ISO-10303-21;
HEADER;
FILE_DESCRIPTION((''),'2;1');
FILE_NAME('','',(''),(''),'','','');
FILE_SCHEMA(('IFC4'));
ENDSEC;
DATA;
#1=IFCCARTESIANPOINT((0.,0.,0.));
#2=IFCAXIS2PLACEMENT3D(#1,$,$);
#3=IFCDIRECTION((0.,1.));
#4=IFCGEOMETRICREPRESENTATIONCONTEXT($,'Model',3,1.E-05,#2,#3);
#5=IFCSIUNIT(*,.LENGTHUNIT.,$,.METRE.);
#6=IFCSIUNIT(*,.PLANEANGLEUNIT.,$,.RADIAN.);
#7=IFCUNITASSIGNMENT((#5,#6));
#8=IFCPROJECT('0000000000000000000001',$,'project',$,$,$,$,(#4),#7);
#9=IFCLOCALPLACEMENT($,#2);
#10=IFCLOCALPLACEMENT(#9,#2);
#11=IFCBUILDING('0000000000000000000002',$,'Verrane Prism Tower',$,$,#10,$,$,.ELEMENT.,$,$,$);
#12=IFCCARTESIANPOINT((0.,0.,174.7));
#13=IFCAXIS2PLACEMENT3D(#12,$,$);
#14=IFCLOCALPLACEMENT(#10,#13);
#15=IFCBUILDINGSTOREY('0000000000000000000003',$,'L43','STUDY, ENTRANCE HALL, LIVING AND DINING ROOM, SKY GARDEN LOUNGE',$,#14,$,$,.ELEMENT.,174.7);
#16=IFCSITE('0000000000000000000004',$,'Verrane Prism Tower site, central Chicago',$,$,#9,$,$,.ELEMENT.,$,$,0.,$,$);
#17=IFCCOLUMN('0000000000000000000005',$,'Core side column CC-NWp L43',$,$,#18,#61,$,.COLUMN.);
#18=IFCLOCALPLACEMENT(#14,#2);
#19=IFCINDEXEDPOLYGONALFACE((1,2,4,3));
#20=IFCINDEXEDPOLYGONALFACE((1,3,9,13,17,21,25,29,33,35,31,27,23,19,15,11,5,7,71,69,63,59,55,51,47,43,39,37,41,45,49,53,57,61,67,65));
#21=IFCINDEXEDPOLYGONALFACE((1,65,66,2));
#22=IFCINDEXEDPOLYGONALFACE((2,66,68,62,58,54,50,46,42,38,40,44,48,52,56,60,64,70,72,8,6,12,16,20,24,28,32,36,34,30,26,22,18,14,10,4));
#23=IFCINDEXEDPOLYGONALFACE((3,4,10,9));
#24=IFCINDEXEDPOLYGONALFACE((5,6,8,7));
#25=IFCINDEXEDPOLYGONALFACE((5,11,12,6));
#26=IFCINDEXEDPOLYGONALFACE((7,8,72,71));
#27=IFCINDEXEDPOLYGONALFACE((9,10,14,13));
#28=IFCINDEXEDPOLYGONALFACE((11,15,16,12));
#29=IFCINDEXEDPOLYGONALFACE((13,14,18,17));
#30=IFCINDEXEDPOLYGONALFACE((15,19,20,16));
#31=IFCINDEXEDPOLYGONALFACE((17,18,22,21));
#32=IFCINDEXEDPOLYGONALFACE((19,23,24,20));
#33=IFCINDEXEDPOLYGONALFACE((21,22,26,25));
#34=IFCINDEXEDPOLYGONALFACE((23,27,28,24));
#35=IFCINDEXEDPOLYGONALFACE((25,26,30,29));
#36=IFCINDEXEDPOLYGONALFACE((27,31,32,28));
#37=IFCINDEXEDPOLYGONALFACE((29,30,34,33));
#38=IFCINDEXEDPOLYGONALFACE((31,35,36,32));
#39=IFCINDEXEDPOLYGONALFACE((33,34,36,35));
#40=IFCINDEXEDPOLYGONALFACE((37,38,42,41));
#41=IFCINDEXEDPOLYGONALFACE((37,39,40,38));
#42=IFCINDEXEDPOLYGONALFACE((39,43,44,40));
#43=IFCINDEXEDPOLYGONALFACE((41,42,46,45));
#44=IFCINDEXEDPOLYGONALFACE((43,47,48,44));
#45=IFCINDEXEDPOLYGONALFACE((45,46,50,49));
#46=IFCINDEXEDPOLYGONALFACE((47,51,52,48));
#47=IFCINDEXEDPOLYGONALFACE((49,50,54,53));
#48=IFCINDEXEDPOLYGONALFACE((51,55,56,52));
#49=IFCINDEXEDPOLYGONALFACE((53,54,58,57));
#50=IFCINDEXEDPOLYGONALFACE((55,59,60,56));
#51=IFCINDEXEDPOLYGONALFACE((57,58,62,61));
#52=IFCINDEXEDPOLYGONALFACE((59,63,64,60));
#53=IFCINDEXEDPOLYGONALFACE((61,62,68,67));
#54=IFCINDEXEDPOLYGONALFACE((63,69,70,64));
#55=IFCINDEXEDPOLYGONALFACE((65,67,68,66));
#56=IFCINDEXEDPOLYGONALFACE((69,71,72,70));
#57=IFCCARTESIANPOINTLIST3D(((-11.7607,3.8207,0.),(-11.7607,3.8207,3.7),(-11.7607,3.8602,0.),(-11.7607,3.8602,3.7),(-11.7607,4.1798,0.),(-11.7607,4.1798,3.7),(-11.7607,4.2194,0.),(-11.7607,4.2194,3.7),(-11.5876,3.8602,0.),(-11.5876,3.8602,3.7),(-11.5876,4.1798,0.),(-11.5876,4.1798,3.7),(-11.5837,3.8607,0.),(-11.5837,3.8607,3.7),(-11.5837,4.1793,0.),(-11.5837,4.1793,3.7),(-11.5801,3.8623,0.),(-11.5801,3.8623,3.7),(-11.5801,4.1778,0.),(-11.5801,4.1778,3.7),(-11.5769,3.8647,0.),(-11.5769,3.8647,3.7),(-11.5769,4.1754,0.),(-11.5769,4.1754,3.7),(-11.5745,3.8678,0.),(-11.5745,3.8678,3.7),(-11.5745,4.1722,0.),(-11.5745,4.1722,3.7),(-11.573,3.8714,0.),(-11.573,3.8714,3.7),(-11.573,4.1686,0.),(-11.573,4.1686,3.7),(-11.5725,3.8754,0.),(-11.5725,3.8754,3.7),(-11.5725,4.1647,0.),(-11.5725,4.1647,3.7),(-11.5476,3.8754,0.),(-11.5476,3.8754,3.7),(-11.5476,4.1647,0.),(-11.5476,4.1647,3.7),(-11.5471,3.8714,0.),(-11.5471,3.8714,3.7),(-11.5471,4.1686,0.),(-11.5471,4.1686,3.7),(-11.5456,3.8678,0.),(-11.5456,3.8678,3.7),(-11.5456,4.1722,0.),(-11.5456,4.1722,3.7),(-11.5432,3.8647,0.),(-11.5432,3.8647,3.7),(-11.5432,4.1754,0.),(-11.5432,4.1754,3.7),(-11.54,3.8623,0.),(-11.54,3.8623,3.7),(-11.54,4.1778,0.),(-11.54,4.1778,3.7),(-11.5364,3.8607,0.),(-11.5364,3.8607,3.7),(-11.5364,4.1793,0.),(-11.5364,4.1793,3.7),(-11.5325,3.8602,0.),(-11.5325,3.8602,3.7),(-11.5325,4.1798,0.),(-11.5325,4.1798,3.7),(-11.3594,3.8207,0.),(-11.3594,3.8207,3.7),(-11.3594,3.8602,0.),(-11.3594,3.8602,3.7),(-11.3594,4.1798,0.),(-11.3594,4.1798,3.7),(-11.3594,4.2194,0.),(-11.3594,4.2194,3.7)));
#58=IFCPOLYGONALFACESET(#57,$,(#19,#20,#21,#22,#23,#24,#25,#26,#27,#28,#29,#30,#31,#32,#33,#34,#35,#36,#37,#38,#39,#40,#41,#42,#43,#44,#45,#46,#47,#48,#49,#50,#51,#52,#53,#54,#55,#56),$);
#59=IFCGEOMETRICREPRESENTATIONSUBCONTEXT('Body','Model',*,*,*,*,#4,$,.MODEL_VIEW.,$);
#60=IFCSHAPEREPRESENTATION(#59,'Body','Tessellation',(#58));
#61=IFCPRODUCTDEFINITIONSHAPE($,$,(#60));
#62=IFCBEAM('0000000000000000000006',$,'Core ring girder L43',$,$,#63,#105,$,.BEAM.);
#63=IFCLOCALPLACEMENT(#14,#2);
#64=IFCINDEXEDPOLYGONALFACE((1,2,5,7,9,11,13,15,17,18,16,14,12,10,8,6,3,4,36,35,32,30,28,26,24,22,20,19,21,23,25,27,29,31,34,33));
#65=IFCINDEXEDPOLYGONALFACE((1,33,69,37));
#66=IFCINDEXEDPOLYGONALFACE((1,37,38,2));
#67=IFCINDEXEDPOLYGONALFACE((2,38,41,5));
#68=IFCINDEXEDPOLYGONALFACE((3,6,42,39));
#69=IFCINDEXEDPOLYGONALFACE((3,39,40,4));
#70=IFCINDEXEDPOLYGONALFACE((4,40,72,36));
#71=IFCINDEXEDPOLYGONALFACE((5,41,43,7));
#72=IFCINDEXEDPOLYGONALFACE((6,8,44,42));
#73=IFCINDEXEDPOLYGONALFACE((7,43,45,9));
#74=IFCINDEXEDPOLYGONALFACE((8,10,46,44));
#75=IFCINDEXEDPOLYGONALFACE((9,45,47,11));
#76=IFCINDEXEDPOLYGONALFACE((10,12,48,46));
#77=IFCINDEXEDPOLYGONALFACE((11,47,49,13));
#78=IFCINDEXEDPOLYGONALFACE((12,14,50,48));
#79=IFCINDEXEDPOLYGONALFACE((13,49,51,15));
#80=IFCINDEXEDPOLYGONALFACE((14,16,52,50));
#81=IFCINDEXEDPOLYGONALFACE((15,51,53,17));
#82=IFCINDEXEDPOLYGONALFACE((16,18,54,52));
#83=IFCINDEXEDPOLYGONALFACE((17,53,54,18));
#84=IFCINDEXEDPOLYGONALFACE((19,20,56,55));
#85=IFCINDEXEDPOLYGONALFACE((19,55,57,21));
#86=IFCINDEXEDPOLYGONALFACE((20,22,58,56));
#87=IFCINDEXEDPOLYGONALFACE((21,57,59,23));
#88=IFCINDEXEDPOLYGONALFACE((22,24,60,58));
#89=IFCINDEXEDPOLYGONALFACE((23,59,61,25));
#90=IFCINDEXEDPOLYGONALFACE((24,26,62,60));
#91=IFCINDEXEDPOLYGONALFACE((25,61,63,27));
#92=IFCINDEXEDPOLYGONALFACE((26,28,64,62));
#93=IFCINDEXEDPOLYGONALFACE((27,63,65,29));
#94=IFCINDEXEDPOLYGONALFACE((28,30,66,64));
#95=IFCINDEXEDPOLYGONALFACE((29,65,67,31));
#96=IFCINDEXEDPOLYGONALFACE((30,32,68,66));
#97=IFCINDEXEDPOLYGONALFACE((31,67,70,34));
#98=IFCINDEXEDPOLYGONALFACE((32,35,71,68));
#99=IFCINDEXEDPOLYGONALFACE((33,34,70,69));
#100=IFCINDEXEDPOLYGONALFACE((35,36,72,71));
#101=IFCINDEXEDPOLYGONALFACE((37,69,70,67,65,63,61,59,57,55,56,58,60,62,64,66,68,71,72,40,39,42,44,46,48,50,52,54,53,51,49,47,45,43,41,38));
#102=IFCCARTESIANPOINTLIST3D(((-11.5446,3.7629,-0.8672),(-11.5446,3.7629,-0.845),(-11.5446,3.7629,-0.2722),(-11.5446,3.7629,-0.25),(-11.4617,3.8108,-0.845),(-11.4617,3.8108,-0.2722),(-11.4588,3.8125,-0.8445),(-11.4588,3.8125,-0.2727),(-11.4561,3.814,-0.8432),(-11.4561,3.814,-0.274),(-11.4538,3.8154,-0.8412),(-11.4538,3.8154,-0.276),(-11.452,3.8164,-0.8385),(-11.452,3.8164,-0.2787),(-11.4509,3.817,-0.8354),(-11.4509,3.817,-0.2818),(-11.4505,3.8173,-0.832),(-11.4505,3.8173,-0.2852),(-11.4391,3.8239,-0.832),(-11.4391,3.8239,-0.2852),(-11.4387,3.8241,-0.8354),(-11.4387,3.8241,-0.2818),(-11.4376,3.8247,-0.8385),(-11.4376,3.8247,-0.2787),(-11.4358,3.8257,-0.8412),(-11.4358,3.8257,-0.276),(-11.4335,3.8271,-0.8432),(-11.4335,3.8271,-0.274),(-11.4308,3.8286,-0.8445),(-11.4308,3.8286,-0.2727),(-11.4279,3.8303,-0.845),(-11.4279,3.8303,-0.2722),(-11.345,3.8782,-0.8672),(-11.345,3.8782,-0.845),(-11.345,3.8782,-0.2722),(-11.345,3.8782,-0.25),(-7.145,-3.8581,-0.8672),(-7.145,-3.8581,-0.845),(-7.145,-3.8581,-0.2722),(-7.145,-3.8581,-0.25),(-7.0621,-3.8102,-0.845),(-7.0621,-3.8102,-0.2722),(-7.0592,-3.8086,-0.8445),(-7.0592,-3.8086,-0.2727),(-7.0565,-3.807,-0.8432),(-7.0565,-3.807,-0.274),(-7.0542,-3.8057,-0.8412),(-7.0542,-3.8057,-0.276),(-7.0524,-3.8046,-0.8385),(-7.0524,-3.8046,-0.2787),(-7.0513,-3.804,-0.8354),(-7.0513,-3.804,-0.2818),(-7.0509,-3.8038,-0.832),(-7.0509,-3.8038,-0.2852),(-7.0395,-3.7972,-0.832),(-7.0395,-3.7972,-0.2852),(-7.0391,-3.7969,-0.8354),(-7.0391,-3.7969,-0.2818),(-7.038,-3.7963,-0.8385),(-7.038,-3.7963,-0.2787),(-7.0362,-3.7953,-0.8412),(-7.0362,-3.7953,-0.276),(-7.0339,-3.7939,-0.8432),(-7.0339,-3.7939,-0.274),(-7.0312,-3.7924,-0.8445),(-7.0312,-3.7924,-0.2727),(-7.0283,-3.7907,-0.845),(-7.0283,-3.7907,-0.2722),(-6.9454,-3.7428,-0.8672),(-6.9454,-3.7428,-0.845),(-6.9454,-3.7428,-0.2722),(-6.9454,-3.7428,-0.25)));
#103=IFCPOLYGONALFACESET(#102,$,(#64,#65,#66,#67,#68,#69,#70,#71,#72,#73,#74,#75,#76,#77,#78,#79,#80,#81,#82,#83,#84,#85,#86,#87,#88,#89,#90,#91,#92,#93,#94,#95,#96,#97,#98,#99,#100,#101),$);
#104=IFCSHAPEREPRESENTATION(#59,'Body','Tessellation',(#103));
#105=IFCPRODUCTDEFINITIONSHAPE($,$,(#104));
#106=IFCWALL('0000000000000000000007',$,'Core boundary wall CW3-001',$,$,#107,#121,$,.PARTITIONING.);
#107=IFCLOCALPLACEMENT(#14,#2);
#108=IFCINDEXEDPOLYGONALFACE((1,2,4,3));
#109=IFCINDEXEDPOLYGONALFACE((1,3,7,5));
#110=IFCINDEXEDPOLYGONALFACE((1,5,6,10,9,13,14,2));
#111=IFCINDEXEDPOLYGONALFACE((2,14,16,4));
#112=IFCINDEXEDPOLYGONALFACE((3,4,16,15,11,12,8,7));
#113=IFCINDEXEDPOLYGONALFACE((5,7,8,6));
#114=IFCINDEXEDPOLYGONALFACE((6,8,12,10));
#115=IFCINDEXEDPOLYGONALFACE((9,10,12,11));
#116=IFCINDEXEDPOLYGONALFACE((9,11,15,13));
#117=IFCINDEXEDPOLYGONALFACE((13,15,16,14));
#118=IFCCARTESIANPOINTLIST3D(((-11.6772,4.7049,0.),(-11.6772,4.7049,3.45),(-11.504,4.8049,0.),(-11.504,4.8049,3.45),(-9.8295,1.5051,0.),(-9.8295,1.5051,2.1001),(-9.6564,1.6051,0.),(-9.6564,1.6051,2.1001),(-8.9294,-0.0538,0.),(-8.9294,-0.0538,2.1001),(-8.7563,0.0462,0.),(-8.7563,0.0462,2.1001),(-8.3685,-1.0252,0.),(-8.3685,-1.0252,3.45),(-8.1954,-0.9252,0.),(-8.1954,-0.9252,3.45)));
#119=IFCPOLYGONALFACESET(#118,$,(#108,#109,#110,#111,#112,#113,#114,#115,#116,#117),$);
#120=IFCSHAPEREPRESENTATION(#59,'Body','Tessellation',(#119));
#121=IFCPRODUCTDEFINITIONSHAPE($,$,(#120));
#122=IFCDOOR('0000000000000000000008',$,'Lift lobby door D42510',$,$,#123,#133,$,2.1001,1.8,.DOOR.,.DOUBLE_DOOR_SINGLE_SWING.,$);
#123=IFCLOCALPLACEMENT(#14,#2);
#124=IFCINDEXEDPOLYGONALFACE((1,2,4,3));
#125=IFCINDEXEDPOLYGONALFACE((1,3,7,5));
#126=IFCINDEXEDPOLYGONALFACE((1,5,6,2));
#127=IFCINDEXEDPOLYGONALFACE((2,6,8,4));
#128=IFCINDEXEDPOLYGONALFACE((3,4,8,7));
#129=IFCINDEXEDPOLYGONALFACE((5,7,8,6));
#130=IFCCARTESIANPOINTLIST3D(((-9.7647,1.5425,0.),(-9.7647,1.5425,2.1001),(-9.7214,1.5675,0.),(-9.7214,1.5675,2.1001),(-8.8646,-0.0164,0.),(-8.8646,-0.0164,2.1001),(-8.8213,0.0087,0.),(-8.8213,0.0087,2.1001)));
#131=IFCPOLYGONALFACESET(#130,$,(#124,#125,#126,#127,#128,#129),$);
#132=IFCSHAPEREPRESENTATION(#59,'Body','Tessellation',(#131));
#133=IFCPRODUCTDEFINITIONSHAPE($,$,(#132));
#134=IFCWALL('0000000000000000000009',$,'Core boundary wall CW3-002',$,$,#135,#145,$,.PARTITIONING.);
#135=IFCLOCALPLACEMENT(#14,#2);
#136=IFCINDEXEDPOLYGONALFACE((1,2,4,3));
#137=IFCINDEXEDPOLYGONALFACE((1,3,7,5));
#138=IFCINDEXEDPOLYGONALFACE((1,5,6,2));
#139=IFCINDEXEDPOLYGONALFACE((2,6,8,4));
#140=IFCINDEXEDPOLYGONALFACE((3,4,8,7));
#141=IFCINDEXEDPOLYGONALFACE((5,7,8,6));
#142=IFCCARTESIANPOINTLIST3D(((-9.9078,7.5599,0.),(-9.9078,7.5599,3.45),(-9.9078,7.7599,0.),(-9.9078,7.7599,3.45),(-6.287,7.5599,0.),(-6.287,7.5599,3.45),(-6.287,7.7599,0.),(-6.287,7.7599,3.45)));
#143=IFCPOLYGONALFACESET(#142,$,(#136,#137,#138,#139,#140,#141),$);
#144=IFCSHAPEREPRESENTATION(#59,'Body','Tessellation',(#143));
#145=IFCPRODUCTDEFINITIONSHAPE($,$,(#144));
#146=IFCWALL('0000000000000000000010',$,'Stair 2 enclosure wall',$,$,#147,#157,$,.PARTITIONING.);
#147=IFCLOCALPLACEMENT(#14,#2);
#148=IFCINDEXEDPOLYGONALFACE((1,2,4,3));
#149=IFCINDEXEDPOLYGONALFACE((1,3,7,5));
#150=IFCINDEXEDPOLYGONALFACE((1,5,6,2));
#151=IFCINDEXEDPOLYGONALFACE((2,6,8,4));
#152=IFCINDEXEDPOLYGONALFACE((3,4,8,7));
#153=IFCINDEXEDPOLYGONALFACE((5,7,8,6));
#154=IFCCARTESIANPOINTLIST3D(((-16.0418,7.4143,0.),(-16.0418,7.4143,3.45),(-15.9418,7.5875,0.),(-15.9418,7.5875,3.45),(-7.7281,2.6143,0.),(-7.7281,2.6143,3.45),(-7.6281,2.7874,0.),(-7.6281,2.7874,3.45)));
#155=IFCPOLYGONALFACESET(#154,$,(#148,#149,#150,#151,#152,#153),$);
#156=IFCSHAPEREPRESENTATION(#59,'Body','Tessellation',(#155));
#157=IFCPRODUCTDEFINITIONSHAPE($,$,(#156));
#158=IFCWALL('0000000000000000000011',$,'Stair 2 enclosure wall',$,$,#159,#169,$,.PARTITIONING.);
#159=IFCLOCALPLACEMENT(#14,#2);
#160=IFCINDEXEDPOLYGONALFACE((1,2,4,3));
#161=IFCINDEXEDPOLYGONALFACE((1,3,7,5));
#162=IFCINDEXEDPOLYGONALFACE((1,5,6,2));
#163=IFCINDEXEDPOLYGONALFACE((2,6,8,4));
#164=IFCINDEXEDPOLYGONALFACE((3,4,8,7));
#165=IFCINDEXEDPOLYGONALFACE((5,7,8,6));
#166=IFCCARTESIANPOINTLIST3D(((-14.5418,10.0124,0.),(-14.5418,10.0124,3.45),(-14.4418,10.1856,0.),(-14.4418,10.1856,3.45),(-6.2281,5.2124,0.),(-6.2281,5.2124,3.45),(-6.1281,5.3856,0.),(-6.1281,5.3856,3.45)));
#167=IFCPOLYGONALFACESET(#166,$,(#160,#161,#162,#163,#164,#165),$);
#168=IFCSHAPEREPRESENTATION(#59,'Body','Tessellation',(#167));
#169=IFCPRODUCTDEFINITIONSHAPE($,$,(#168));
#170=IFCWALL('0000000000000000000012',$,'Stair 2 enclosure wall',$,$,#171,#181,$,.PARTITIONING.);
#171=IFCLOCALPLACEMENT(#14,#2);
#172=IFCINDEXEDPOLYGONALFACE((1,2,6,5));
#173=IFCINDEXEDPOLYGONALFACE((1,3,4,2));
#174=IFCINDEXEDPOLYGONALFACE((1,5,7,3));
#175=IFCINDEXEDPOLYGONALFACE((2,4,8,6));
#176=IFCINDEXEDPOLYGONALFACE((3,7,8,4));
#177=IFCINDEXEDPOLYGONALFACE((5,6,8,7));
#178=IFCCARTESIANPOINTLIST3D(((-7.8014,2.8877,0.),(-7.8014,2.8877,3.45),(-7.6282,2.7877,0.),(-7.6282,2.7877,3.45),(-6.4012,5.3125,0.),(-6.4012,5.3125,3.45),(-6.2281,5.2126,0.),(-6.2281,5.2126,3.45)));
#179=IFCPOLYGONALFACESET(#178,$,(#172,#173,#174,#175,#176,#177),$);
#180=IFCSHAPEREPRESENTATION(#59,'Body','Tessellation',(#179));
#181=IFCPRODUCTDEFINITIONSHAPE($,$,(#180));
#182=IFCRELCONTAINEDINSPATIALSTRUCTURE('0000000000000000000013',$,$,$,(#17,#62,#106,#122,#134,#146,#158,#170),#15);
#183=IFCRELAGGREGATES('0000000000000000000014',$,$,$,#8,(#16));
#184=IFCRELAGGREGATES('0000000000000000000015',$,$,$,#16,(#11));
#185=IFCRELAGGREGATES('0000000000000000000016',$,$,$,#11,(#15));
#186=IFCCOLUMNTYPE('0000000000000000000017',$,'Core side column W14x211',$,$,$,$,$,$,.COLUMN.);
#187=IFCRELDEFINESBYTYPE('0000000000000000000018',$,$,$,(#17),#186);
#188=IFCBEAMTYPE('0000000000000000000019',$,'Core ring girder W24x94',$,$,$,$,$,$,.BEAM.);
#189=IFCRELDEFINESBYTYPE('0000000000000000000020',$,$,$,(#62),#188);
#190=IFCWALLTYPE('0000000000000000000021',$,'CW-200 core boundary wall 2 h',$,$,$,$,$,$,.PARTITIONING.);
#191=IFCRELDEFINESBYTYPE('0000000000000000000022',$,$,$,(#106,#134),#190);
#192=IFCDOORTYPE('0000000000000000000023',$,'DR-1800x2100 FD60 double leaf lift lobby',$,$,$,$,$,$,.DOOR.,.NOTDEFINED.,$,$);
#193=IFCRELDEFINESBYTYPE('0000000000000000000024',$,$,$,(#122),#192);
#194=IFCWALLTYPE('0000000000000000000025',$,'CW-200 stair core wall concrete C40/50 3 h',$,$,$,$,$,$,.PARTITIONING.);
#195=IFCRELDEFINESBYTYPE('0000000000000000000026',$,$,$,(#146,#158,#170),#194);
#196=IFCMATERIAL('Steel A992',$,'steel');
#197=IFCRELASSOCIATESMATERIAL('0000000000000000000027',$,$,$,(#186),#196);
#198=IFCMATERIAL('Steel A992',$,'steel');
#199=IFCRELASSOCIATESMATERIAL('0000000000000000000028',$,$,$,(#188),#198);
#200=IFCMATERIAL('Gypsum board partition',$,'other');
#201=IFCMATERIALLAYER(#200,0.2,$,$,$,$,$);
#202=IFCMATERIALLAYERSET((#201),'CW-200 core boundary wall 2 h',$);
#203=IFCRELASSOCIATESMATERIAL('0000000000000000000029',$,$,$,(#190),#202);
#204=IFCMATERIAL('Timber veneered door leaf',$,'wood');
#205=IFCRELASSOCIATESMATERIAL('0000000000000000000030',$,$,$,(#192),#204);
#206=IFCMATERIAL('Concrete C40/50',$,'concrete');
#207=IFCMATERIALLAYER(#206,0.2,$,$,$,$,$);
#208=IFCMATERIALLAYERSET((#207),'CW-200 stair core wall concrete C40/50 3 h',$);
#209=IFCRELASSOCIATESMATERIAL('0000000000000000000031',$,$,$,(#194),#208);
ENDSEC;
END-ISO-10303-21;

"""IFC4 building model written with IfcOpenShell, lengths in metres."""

from ifc_helpers import new_model, si_unit, direction, frame, frame_2d, origin, origin_2d, place, context, subcontext, project, spatial, rectangle, i_section, extrude, material, layer, layer_set, material_profile, profile_set, type_object, element, fill, save


model = new_model("IFC4")

# Units and contexts
model_context = context("Model", 3, precision=1e-05, world=origin(), true_north=direction((0.0, 1.0)))
body_context = subcontext(model_context, "Body", "Model", "MODEL_VIEW")
ifc_project = project(units=[si_unit("LENGTHUNIT", "METRE"), si_unit("PLANEANGLEUNIT", "RADIAN")], contexts=[model_context])

# Site, building, storey
site_placement = place(None, origin())
site = spatial("IfcSite", under=ifc_project, at=site_placement, Name="Verrane Prism Tower site, central Chicago", CompositionType="ELEMENT", RefElevation=0.0)
building_placement = place(site_placement, origin())
building = spatial("IfcBuilding", under=site, at=building_placement, Name="Verrane Prism Tower", CompositionType="ELEMENT")
storey_placement = place(building_placement, frame((0.0, 0.0, 174.7)))
storey = spatial("IfcBuildingStorey", under=building, at=storey_placement, Name="L43", Description="STUDY, ENTRANCE HALL, LIVING AND DINING ROOM, SKY GARDEN LOUNGE", CompositionType="ELEMENT", Elevation=174.7)

# Column
ifc_material_1 = material(Name="Steel A992", Category="steel")
ifc_material_profile_1 = material_profile(ifc_material_1, i_section(OverallWidth=0.4014, OverallDepth=0.3987, WebThickness=0.0249, FlangeThickness=0.0396, FilletRadius=0.0151, at=origin_2d()), Name="W14x211")
ifc_profile_set_1 = profile_set([ifc_material_profile_1], Name="Steel A992")
column_type = type_object("IfcColumnType", Name="Core side column W14x211", PredefinedType="COLUMN", material=ifc_profile_set_1)
column_placement = place(storey_placement, frame((-11.5601, 4.02, 0.0), z_axis=(0.0, 0.0, 1.0), x_axis=(1.0, 0.0, 0.0)))
element("IfcColumn", 1, at=column_placement, inside=storey, type_object=column_type, Name="Core side column CC-NWp L43", PredefinedType="COLUMN", context=body_context, shape_type="SweptSolid", body=[
    extrude(i_section(OverallWidth=0.4014, OverallDepth=0.3987, WebThickness=0.0249, FlangeThickness=0.0396, FilletRadius=0.0151, at=origin_2d()), origin(), (0.0, 0.0, 1.0), 3.7),
])

# Beam
ifc_material_2 = material(Name="Steel A992", Category="steel")
ifc_material_profile_2 = material_profile(ifc_material_2, i_section(OverallWidth=0.2305, OverallDepth=0.6172, WebThickness=0.0132, FlangeThickness=0.0222, FilletRadius=0.0129, at=origin_2d()), Name="W24x94")
ifc_profile_set_2 = profile_set([ifc_material_profile_2], Name="Steel A992")
beam_type = type_object("IfcBeamType", Name="Core ring girder W24x94", PredefinedType="BEAM", material=ifc_profile_set_2)
beam_placement = place(storey_placement, frame((-11.4448, 3.8206, -0.5586), z_axis=(0.499967, -0.866044, 0.0), x_axis=(0.866044, 0.499967, 0.0)))
element("IfcBeam", 2, at=beam_placement, inside=storey, type_object=beam_type, Name="Core ring girder L43", PredefinedType="BEAM", context=body_context, shape_type="SweptSolid", body=[
    extrude(i_section(OverallWidth=0.2305, OverallDepth=0.6172, WebThickness=0.0132, FlangeThickness=0.0222, FilletRadius=0.0129, at=origin_2d()), origin(), (0.0, 0.0, 1.0), 8.7998),
])

# Wall, opening, door
ifc_material_3 = material(Name="Gypsum board partition", Category="other")
ifc_layer_1 = layer(ifc_material_3, 0.2)
ifc_layer_set_1 = layer_set([ifc_layer_1], Name="CW-200 core boundary wall 2 h")
wall_type_1 = type_object("IfcWallType", Name="CW-200 core boundary wall 2 h", PredefinedType="PARTITIONING", material=ifc_layer_set_1)
wall_1_placement = place(storey_placement, frame((-11.5906, 4.7549, 0.0), z_axis=(0.0, 0.0, 1.0), x_axis=(0.500044, -0.866, 0.0)))
wall_1 = element("IfcWall", 3, at=wall_1_placement, inside=storey, type_object=wall_type_1, Name="Core boundary wall CW3-001", PredefinedType="PARTITIONING", context=body_context, shape_type="SweptSolid", body=[
    extrude(rectangle(XDim=6.6167, YDim=0.2, at=frame_2d((3.3083, 0.0))), origin(), (0.0, 0.0, 1.0), 3.45),
])
opening_1_placement = place(wall_1_placement, frame((3.6951, 0.0, 0.0)))
opening_1 = element("IfcOpeningElement", 4, at=opening_1_placement, cuts=wall_1, PredefinedType="OPENING", context=body_context, shape_type="SweptSolid", body=[
    extrude(rectangle(XDim=1.8, YDim=2.1001, at=frame_2d((0.8999, 1.05))), frame((0.0, 0.1099, 0.0), z_axis=(0.0, -1.0, 0.0), x_axis=(1.0, 0.0, 0.0)), (0.0, 0.0, 1.0), 0.22),
])
ifc_material_4 = material(Name="Timber veneered door leaf", Category="wood")
door_type_1 = type_object("IfcDoorType", Name="DR-1800x2100 FD60 double leaf lift lobby", OperationType="NOTDEFINED", PredefinedType="DOOR", material=ifc_material_4)
door_1_placement = place(opening_1_placement, origin())
door_1 = element("IfcDoor", 5, at=door_1_placement, inside=storey, type_object=door_type_1, Name="Lift lobby door D42510", OperationType="DOUBLE_DOOR_SINGLE_SWING", OverallHeight=2.1001, OverallWidth=1.8, PredefinedType="DOOR", context=body_context, shape_type="SweptSolid", body=[
    extrude(rectangle(XDim=1.8, YDim=2.1001, at=frame_2d((0.8999, 1.05))), frame((0.0, 0.0249, 0.0), z_axis=(0.0, -1.0, 0.0), x_axis=(1.0, 0.0, 0.0)), (0.0, 0.0, 1.0), 0.05),
])
fill(opening_1, door_1)

# Walls
wall_2_placement = place(storey_placement, frame((-9.908, 7.6599, 0.0), z_axis=(0.0, 0.0, 1.0), x_axis=(1.0, 0.0, 0.0)))
element("IfcWall", 6, at=wall_2_placement, inside=storey, type_object=wall_type_1, Name="Core boundary wall CW3-002", PredefinedType="PARTITIONING", context=body_context, shape_type="SweptSolid", body=[
    extrude(rectangle(XDim=3.6208, YDim=0.2, at=frame_2d((1.8105, 0.0))), origin(), (0.0, 0.0, 1.0), 3.45),
])
ifc_material_5 = material(Name="Concrete C40/50", Category="concrete")
ifc_layer_2 = layer(ifc_material_5, 0.2)
ifc_layer_set_2 = layer_set([ifc_layer_2], Name="CW-200 stair core wall concrete C40/50 3 h")
wall_type_2 = type_object("IfcWallType", Name="CW-200 stair core wall concrete C40/50 3 h", PredefinedType="PARTITIONING", material=ifc_layer_set_2)
for number, where, z_axis, x_axis, name in (
    (7, (-7.6782, 2.7009, 0.0), (0.0, 0.0, 1.0), (-0.86602, 0.500009, 0.0), "Stair 2 enclosure wall"),
    (8, (-6.1782, 5.2991, 0.0), (0.0, 0.0, 1.0), (-0.86602, 0.500009, 0.0), "Stair 2 enclosure wall"),
):
    element("IfcWall", number, at=place(storey_placement, frame(where, z_axis=z_axis, x_axis=x_axis)), inside=storey, type_object=wall_type_2, Name=name, PredefinedType="PARTITIONING", context=body_context, shape_type="SweptSolid", body=[
        extrude(rectangle(XDim=9.5999, YDim=0.2, at=frame_2d((4.7998, 0.0))), origin(), (0.0, 0.0, 1.0), 3.45),
    ])
wall_3_placement = place(storey_placement, frame((-6.3147, 5.2625, 0.0), z_axis=(0.0, 0.0, 1.0), x_axis=(-0.50005, -0.865997, 0.0)))
element("IfcWall", 9, at=wall_3_placement, inside=storey, type_object=wall_type_2, Name="Stair 2 enclosure wall", PredefinedType="PARTITIONING", context=body_context, shape_type="SweptSolid", body=[
    extrude(rectangle(XDim=2.8, YDim=0.2, at=frame_2d((1.3999, 0.0))), origin(), (0.0, 0.0, 1.0), 3.45),
])

save(model, "model.ifc")
